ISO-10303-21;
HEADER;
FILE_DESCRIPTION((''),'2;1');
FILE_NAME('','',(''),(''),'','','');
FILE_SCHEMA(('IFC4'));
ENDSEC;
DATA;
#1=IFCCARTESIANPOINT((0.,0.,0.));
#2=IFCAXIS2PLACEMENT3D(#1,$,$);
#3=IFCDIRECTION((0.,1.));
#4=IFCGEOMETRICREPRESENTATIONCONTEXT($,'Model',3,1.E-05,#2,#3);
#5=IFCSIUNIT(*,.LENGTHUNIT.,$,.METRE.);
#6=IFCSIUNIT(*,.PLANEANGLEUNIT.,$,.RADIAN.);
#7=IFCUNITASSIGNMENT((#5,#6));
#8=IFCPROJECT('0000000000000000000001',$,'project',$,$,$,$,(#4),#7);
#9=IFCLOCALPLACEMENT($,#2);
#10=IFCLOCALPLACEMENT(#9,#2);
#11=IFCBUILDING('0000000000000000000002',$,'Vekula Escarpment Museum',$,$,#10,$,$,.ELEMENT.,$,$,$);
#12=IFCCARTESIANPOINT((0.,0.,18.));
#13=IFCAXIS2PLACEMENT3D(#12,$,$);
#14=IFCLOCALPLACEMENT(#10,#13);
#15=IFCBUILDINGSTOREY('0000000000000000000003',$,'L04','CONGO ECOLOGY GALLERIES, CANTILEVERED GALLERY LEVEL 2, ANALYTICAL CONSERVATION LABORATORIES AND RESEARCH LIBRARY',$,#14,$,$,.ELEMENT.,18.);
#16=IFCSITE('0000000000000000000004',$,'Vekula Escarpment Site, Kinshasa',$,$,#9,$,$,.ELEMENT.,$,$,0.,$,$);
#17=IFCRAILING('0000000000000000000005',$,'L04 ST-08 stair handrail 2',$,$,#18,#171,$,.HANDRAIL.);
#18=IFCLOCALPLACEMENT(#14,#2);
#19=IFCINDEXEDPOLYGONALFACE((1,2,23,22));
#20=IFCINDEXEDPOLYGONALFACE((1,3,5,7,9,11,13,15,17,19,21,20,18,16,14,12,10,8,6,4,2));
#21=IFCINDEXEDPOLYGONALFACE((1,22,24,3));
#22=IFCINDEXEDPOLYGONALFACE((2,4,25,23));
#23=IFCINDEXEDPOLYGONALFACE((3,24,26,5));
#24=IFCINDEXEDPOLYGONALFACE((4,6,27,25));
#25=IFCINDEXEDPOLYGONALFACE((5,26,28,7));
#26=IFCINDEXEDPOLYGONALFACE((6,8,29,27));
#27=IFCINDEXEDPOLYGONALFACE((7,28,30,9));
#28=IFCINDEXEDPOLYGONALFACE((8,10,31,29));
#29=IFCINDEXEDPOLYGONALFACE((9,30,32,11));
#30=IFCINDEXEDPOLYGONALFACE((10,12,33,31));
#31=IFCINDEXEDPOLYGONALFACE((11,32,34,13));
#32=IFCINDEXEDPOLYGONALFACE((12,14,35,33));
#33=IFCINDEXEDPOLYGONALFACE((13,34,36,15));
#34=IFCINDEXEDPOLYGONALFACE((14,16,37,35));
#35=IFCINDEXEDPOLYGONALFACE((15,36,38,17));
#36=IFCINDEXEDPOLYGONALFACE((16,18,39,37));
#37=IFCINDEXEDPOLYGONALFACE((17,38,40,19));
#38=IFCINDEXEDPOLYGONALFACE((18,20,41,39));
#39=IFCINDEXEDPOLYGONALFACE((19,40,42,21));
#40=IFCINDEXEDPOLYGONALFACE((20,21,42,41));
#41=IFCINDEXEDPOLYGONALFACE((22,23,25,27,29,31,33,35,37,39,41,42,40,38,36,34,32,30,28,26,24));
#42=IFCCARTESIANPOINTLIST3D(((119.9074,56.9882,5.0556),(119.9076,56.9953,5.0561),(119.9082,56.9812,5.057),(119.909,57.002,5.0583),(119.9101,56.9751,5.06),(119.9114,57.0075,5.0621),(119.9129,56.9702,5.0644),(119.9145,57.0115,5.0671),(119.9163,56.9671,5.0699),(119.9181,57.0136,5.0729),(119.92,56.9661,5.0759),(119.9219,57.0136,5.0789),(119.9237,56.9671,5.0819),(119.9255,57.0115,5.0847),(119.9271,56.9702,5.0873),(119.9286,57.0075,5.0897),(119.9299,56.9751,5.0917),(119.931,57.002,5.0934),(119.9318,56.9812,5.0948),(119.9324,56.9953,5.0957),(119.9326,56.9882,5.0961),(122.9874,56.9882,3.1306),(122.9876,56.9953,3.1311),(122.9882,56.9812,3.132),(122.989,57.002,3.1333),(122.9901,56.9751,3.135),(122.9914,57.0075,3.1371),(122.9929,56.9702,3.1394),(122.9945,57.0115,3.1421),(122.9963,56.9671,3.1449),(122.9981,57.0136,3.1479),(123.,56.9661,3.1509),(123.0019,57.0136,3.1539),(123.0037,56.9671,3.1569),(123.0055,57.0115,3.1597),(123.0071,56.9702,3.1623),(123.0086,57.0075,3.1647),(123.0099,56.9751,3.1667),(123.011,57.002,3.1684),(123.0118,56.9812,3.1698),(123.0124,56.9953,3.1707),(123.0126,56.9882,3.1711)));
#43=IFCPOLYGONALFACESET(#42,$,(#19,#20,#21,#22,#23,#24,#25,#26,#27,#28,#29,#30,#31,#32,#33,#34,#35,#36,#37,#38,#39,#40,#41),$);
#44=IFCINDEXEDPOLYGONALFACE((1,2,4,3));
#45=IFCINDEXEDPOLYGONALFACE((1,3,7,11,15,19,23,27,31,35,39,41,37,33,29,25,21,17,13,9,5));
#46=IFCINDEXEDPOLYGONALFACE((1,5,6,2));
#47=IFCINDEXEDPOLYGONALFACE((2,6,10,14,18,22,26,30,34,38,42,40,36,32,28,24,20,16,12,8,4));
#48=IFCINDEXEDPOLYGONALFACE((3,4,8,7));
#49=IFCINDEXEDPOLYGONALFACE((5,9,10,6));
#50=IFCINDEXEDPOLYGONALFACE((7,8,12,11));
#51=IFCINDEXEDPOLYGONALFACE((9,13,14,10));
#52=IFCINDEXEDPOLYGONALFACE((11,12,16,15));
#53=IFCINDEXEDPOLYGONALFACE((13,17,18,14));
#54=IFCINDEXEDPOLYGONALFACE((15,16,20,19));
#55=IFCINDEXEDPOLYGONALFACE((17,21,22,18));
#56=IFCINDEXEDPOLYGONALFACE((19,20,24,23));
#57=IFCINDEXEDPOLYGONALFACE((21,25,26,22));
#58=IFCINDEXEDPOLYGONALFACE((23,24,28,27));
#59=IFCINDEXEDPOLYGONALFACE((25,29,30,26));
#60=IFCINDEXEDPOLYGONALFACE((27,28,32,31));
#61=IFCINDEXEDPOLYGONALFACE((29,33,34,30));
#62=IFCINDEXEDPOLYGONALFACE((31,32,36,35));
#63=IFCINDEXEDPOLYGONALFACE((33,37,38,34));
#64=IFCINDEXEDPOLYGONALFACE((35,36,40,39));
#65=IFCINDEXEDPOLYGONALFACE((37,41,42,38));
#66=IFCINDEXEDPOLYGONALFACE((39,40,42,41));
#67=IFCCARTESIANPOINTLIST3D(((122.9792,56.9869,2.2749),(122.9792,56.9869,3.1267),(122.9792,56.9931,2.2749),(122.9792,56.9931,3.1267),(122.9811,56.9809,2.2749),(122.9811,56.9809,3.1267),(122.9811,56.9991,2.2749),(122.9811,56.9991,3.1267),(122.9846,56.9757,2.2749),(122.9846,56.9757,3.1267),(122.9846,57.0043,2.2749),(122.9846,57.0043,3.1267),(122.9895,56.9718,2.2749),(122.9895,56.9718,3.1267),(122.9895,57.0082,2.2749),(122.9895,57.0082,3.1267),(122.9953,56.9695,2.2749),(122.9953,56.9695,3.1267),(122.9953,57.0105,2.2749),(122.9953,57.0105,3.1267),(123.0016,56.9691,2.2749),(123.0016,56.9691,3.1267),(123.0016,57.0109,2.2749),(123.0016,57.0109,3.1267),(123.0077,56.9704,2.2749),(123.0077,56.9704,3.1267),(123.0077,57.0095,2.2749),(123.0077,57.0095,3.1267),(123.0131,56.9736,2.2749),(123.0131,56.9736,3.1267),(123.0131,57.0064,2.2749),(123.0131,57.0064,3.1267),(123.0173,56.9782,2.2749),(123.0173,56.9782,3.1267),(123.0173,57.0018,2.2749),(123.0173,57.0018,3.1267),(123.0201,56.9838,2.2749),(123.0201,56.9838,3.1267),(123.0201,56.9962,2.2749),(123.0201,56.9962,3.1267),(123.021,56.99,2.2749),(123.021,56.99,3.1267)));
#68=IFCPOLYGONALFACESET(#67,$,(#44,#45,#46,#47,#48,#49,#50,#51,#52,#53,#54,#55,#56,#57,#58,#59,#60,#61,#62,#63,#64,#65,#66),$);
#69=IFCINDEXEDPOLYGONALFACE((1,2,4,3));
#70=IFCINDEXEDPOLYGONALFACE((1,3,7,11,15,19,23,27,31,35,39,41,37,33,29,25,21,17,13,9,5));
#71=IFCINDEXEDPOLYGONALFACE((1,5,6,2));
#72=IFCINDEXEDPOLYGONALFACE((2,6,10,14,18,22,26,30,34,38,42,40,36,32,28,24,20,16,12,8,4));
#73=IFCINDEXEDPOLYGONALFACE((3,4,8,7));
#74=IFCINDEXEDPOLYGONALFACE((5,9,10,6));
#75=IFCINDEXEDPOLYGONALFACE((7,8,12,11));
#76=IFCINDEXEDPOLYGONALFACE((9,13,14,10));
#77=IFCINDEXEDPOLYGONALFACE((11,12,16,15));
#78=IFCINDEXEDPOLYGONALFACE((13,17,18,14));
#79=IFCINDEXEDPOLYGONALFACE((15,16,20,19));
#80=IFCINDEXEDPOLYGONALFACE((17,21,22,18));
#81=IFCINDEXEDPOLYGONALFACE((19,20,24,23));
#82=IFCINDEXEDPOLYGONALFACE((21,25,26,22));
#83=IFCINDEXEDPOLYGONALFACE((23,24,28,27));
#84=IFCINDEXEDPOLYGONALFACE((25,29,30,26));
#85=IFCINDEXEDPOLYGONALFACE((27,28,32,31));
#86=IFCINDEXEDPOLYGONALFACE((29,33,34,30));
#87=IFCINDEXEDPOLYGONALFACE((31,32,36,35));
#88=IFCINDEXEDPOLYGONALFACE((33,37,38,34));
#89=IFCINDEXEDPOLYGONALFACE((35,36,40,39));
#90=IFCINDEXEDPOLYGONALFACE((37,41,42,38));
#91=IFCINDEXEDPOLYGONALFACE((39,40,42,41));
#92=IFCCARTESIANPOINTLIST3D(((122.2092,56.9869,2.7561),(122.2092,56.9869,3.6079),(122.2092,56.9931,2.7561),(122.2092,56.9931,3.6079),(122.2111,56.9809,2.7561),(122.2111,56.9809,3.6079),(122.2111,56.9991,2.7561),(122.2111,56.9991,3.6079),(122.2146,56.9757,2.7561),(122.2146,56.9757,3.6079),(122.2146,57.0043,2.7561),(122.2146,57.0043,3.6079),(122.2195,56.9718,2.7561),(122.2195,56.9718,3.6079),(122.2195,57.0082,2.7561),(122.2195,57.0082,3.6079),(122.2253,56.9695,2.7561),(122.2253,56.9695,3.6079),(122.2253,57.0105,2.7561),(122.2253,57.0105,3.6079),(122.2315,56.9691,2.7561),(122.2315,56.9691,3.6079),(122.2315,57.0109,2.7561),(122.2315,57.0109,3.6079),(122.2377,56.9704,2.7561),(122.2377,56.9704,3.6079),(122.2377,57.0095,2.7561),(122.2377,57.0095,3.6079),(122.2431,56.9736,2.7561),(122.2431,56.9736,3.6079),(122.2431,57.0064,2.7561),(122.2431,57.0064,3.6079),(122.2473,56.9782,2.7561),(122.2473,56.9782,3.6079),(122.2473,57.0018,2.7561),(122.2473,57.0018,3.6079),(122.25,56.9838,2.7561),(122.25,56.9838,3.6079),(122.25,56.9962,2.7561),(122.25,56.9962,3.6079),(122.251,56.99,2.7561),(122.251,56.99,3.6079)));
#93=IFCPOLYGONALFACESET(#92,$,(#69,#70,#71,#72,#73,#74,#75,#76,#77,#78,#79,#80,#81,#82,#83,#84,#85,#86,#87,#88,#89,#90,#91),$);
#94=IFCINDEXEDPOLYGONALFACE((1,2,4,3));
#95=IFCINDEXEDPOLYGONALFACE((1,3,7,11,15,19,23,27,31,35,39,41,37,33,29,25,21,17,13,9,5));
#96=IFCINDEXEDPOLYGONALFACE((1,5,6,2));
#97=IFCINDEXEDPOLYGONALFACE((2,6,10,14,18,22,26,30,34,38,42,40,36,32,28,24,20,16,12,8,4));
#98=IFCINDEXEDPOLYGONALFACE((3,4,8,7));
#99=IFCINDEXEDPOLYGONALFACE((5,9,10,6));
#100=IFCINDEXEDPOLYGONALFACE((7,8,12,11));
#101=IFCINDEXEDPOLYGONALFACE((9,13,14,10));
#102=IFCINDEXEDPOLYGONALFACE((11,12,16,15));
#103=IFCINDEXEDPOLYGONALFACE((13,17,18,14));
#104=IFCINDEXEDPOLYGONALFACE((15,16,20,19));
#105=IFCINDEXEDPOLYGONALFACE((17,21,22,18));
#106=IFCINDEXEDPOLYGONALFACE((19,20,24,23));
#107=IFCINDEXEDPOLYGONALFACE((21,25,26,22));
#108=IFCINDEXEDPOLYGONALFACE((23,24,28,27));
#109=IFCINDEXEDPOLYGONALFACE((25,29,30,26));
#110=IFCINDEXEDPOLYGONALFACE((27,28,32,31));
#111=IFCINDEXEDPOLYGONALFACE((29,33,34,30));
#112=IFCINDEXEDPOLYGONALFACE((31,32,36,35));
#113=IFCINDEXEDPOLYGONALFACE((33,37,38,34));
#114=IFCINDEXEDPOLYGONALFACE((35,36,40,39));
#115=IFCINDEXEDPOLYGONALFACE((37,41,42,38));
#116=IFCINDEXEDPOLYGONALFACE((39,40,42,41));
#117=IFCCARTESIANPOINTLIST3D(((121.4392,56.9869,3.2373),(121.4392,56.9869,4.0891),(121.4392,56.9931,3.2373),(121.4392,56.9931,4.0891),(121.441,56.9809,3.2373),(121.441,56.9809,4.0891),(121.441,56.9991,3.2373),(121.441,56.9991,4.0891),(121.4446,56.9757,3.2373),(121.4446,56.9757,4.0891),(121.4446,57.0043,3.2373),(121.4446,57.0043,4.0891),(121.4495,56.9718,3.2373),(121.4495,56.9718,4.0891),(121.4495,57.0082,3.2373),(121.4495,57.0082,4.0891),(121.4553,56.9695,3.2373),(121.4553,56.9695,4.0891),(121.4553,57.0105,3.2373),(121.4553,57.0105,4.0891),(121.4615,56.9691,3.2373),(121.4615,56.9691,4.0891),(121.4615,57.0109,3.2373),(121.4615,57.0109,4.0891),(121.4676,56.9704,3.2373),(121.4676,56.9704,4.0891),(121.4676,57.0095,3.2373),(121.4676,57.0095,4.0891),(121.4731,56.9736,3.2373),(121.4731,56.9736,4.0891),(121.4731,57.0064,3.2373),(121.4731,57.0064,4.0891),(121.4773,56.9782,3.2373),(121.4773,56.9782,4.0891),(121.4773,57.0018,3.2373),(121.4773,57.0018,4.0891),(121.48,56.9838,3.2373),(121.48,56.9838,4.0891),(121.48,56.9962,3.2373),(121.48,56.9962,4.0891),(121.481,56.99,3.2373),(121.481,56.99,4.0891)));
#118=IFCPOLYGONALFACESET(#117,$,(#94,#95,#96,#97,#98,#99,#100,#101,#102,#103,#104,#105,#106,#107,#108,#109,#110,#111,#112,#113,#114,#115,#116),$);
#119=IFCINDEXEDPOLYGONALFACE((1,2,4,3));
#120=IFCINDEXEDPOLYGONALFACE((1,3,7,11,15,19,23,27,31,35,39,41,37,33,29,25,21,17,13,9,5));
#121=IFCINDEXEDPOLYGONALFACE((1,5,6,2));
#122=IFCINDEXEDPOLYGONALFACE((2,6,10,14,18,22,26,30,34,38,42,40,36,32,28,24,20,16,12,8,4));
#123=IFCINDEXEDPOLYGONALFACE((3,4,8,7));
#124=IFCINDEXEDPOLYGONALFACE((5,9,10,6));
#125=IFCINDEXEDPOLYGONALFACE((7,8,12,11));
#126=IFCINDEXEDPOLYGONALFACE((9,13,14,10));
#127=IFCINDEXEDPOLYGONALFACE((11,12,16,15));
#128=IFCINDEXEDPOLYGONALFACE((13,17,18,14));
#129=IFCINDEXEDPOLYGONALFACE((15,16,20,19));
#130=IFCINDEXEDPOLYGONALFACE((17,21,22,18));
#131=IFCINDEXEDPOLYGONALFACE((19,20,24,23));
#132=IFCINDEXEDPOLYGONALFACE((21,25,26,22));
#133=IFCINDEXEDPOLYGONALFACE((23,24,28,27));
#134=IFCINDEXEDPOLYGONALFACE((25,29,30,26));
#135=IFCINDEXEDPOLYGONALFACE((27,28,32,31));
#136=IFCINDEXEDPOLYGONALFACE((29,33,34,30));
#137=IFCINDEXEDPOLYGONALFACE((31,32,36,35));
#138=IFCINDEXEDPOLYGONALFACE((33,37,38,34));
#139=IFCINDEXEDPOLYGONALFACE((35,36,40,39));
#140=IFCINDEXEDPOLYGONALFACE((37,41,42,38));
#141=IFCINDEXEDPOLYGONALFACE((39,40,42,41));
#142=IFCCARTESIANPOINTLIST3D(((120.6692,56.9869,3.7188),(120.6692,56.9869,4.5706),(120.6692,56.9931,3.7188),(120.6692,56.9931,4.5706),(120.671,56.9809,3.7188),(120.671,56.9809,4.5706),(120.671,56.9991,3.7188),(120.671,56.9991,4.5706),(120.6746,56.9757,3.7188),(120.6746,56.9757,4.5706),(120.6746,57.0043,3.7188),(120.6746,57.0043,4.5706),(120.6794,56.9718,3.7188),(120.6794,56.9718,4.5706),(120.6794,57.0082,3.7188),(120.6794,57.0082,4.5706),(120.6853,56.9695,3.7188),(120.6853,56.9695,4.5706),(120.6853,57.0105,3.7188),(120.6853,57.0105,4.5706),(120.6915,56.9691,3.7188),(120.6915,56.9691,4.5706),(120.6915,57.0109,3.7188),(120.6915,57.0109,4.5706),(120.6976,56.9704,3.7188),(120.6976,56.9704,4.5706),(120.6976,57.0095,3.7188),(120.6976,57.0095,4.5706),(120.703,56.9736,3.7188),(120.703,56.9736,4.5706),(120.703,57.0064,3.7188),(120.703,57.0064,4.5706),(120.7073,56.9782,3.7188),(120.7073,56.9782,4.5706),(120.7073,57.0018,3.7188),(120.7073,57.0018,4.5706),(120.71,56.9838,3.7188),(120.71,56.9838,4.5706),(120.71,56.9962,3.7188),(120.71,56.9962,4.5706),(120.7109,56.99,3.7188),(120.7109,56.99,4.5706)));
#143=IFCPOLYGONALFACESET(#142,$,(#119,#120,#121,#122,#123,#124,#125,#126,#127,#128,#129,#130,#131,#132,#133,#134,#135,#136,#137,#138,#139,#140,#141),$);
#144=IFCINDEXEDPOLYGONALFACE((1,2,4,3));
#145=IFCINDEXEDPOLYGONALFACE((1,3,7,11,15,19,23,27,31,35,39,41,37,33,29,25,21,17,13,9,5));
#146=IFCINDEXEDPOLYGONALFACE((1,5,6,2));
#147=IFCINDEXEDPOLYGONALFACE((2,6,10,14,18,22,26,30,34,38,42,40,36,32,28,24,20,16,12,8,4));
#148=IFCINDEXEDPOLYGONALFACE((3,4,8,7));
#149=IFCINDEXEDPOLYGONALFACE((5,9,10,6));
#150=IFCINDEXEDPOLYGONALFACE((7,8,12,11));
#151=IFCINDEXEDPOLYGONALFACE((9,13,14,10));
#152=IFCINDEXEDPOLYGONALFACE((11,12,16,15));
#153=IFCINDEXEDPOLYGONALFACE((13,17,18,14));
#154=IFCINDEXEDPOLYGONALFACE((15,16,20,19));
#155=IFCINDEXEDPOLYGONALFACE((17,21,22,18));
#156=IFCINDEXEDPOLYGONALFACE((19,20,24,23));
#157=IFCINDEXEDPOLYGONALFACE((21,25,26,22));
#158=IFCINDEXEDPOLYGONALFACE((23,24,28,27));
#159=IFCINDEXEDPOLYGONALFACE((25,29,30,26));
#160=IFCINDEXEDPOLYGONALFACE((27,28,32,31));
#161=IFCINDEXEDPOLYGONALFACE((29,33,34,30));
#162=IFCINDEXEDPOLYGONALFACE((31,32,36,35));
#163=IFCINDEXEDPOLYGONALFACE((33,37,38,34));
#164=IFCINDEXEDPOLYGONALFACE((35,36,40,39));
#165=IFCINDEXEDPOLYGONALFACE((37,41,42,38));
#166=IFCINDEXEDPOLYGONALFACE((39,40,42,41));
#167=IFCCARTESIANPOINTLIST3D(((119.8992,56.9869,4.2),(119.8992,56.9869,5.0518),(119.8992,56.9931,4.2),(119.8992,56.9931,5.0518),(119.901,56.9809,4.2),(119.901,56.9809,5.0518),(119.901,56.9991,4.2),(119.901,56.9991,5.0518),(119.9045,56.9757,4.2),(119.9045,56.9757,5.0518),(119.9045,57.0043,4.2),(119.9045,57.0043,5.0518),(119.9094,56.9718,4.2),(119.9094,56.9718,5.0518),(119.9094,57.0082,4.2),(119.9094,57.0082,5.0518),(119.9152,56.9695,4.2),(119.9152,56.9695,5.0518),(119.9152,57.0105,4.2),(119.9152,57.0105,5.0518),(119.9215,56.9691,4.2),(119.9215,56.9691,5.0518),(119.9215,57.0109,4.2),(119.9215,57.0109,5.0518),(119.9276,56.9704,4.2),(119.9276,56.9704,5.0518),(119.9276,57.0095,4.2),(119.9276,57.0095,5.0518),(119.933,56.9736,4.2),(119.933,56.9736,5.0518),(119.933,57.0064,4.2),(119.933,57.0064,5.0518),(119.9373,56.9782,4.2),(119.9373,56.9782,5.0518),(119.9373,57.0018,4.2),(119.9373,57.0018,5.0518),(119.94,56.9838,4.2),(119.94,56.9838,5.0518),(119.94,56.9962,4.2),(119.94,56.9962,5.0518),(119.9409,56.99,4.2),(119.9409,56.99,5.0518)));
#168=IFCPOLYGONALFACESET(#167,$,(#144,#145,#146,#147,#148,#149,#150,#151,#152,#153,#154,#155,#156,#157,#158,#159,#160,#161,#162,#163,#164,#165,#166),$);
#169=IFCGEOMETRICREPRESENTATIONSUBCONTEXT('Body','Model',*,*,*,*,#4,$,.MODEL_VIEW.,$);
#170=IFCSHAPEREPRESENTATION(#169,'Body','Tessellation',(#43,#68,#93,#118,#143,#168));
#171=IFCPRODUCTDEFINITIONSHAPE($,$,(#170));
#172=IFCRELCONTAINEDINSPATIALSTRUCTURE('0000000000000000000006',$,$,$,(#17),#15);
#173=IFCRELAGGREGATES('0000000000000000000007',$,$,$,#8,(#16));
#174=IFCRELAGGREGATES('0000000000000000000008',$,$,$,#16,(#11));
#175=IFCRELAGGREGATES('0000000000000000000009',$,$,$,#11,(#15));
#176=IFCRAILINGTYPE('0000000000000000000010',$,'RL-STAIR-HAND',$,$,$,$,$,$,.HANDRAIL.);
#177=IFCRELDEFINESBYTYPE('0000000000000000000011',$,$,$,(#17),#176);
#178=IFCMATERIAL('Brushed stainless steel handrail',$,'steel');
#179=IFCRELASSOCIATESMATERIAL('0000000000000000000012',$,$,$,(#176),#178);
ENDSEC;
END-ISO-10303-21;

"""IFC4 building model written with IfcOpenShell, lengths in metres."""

from ifc_helpers import new_model, si_unit, direction, frame, origin, origin_2d, place, context, subcontext, project, spatial, circle, extrude, material, type_object, element, save


model = new_model("IFC4")

# Units and contexts
model_context = context("Model", 3, precision=1e-05, world=origin(), true_north=direction((0.0, 1.0)))
body_context = subcontext(model_context, "Body", "Model", "MODEL_VIEW")
ifc_project = project(units=[si_unit("LENGTHUNIT", "METRE"), si_unit("PLANEANGLEUNIT", "RADIAN")], contexts=[model_context])

# Site, building, storey
site_placement = place(None, origin())
site = spatial("IfcSite", under=ifc_project, at=site_placement, Name="Vekula Escarpment Site, Kinshasa", CompositionType="ELEMENT", RefElevation=0.0)
building_placement = place(site_placement, origin())
building = spatial("IfcBuilding", under=site, at=building_placement, Name="Vekula Escarpment Museum", CompositionType="ELEMENT")
storey_placement = place(building_placement, frame((0.0, 0.0, 18.0)))
storey = spatial("IfcBuildingStorey", under=building, at=storey_placement, Name="L04", Description="CONGO ECOLOGY GALLERIES, CANTILEVERED GALLERY LEVEL 2, ANALYTICAL CONSERVATION LABORATORIES AND RESEARCH LIBRARY", CompositionType="ELEMENT", Elevation=18.0)

# Railing
ifc_material_1 = material(Name="Brushed stainless steel handrail", Category="steel")
railing_type_1 = type_object("IfcRailingType", Name="RL-STAIR-HAND", PredefinedType="HANDRAIL", material=ifc_material_1)
railing_1_placement = place(storey_placement, frame((123.0, 56.99, 2.2749)))
element("IfcRailing", 1, at=railing_1_placement, inside=storey, type_object=railing_type_1, Name="L04 ST-08 stair handrail 2", PredefinedType="HANDRAIL", context=body_context, shape_type="SweptSolid", body=[
    extrude(circle(Radius=0.0239, at=origin_2d()), frame((0.0, 0.0, 0.876), z_axis=(-0.847998, 0.0, 0.529999), x_axis=(0.0, -1.0, 0.0)), (0.0, 0.0, 1.0), 3.6321),
    extrude(circle(Radius=0.021, at=origin_2d()), origin(), (0.0, 0.0, 1.0), 0.8518),
    extrude(circle(Radius=0.021, at=origin_2d()), frame((-0.77, 0.0, 0.4812)), (0.0, 0.0, 1.0), 0.8518),
    extrude(circle(Radius=0.021, at=origin_2d()), frame((-1.54, 0.0, 0.9624)), (0.0, 0.0, 1.0), 0.8518),
    extrude(circle(Radius=0.021, at=origin_2d()), frame((-2.3101, 0.0, 1.4438)), (0.0, 0.0, 1.0), 0.8518),
    extrude(circle(Radius=0.021, at=origin_2d()), frame((-3.0801, 0.0, 1.925)), (0.0, 0.0, 1.0), 0.8518),
])

save(model, "model.ifc")
